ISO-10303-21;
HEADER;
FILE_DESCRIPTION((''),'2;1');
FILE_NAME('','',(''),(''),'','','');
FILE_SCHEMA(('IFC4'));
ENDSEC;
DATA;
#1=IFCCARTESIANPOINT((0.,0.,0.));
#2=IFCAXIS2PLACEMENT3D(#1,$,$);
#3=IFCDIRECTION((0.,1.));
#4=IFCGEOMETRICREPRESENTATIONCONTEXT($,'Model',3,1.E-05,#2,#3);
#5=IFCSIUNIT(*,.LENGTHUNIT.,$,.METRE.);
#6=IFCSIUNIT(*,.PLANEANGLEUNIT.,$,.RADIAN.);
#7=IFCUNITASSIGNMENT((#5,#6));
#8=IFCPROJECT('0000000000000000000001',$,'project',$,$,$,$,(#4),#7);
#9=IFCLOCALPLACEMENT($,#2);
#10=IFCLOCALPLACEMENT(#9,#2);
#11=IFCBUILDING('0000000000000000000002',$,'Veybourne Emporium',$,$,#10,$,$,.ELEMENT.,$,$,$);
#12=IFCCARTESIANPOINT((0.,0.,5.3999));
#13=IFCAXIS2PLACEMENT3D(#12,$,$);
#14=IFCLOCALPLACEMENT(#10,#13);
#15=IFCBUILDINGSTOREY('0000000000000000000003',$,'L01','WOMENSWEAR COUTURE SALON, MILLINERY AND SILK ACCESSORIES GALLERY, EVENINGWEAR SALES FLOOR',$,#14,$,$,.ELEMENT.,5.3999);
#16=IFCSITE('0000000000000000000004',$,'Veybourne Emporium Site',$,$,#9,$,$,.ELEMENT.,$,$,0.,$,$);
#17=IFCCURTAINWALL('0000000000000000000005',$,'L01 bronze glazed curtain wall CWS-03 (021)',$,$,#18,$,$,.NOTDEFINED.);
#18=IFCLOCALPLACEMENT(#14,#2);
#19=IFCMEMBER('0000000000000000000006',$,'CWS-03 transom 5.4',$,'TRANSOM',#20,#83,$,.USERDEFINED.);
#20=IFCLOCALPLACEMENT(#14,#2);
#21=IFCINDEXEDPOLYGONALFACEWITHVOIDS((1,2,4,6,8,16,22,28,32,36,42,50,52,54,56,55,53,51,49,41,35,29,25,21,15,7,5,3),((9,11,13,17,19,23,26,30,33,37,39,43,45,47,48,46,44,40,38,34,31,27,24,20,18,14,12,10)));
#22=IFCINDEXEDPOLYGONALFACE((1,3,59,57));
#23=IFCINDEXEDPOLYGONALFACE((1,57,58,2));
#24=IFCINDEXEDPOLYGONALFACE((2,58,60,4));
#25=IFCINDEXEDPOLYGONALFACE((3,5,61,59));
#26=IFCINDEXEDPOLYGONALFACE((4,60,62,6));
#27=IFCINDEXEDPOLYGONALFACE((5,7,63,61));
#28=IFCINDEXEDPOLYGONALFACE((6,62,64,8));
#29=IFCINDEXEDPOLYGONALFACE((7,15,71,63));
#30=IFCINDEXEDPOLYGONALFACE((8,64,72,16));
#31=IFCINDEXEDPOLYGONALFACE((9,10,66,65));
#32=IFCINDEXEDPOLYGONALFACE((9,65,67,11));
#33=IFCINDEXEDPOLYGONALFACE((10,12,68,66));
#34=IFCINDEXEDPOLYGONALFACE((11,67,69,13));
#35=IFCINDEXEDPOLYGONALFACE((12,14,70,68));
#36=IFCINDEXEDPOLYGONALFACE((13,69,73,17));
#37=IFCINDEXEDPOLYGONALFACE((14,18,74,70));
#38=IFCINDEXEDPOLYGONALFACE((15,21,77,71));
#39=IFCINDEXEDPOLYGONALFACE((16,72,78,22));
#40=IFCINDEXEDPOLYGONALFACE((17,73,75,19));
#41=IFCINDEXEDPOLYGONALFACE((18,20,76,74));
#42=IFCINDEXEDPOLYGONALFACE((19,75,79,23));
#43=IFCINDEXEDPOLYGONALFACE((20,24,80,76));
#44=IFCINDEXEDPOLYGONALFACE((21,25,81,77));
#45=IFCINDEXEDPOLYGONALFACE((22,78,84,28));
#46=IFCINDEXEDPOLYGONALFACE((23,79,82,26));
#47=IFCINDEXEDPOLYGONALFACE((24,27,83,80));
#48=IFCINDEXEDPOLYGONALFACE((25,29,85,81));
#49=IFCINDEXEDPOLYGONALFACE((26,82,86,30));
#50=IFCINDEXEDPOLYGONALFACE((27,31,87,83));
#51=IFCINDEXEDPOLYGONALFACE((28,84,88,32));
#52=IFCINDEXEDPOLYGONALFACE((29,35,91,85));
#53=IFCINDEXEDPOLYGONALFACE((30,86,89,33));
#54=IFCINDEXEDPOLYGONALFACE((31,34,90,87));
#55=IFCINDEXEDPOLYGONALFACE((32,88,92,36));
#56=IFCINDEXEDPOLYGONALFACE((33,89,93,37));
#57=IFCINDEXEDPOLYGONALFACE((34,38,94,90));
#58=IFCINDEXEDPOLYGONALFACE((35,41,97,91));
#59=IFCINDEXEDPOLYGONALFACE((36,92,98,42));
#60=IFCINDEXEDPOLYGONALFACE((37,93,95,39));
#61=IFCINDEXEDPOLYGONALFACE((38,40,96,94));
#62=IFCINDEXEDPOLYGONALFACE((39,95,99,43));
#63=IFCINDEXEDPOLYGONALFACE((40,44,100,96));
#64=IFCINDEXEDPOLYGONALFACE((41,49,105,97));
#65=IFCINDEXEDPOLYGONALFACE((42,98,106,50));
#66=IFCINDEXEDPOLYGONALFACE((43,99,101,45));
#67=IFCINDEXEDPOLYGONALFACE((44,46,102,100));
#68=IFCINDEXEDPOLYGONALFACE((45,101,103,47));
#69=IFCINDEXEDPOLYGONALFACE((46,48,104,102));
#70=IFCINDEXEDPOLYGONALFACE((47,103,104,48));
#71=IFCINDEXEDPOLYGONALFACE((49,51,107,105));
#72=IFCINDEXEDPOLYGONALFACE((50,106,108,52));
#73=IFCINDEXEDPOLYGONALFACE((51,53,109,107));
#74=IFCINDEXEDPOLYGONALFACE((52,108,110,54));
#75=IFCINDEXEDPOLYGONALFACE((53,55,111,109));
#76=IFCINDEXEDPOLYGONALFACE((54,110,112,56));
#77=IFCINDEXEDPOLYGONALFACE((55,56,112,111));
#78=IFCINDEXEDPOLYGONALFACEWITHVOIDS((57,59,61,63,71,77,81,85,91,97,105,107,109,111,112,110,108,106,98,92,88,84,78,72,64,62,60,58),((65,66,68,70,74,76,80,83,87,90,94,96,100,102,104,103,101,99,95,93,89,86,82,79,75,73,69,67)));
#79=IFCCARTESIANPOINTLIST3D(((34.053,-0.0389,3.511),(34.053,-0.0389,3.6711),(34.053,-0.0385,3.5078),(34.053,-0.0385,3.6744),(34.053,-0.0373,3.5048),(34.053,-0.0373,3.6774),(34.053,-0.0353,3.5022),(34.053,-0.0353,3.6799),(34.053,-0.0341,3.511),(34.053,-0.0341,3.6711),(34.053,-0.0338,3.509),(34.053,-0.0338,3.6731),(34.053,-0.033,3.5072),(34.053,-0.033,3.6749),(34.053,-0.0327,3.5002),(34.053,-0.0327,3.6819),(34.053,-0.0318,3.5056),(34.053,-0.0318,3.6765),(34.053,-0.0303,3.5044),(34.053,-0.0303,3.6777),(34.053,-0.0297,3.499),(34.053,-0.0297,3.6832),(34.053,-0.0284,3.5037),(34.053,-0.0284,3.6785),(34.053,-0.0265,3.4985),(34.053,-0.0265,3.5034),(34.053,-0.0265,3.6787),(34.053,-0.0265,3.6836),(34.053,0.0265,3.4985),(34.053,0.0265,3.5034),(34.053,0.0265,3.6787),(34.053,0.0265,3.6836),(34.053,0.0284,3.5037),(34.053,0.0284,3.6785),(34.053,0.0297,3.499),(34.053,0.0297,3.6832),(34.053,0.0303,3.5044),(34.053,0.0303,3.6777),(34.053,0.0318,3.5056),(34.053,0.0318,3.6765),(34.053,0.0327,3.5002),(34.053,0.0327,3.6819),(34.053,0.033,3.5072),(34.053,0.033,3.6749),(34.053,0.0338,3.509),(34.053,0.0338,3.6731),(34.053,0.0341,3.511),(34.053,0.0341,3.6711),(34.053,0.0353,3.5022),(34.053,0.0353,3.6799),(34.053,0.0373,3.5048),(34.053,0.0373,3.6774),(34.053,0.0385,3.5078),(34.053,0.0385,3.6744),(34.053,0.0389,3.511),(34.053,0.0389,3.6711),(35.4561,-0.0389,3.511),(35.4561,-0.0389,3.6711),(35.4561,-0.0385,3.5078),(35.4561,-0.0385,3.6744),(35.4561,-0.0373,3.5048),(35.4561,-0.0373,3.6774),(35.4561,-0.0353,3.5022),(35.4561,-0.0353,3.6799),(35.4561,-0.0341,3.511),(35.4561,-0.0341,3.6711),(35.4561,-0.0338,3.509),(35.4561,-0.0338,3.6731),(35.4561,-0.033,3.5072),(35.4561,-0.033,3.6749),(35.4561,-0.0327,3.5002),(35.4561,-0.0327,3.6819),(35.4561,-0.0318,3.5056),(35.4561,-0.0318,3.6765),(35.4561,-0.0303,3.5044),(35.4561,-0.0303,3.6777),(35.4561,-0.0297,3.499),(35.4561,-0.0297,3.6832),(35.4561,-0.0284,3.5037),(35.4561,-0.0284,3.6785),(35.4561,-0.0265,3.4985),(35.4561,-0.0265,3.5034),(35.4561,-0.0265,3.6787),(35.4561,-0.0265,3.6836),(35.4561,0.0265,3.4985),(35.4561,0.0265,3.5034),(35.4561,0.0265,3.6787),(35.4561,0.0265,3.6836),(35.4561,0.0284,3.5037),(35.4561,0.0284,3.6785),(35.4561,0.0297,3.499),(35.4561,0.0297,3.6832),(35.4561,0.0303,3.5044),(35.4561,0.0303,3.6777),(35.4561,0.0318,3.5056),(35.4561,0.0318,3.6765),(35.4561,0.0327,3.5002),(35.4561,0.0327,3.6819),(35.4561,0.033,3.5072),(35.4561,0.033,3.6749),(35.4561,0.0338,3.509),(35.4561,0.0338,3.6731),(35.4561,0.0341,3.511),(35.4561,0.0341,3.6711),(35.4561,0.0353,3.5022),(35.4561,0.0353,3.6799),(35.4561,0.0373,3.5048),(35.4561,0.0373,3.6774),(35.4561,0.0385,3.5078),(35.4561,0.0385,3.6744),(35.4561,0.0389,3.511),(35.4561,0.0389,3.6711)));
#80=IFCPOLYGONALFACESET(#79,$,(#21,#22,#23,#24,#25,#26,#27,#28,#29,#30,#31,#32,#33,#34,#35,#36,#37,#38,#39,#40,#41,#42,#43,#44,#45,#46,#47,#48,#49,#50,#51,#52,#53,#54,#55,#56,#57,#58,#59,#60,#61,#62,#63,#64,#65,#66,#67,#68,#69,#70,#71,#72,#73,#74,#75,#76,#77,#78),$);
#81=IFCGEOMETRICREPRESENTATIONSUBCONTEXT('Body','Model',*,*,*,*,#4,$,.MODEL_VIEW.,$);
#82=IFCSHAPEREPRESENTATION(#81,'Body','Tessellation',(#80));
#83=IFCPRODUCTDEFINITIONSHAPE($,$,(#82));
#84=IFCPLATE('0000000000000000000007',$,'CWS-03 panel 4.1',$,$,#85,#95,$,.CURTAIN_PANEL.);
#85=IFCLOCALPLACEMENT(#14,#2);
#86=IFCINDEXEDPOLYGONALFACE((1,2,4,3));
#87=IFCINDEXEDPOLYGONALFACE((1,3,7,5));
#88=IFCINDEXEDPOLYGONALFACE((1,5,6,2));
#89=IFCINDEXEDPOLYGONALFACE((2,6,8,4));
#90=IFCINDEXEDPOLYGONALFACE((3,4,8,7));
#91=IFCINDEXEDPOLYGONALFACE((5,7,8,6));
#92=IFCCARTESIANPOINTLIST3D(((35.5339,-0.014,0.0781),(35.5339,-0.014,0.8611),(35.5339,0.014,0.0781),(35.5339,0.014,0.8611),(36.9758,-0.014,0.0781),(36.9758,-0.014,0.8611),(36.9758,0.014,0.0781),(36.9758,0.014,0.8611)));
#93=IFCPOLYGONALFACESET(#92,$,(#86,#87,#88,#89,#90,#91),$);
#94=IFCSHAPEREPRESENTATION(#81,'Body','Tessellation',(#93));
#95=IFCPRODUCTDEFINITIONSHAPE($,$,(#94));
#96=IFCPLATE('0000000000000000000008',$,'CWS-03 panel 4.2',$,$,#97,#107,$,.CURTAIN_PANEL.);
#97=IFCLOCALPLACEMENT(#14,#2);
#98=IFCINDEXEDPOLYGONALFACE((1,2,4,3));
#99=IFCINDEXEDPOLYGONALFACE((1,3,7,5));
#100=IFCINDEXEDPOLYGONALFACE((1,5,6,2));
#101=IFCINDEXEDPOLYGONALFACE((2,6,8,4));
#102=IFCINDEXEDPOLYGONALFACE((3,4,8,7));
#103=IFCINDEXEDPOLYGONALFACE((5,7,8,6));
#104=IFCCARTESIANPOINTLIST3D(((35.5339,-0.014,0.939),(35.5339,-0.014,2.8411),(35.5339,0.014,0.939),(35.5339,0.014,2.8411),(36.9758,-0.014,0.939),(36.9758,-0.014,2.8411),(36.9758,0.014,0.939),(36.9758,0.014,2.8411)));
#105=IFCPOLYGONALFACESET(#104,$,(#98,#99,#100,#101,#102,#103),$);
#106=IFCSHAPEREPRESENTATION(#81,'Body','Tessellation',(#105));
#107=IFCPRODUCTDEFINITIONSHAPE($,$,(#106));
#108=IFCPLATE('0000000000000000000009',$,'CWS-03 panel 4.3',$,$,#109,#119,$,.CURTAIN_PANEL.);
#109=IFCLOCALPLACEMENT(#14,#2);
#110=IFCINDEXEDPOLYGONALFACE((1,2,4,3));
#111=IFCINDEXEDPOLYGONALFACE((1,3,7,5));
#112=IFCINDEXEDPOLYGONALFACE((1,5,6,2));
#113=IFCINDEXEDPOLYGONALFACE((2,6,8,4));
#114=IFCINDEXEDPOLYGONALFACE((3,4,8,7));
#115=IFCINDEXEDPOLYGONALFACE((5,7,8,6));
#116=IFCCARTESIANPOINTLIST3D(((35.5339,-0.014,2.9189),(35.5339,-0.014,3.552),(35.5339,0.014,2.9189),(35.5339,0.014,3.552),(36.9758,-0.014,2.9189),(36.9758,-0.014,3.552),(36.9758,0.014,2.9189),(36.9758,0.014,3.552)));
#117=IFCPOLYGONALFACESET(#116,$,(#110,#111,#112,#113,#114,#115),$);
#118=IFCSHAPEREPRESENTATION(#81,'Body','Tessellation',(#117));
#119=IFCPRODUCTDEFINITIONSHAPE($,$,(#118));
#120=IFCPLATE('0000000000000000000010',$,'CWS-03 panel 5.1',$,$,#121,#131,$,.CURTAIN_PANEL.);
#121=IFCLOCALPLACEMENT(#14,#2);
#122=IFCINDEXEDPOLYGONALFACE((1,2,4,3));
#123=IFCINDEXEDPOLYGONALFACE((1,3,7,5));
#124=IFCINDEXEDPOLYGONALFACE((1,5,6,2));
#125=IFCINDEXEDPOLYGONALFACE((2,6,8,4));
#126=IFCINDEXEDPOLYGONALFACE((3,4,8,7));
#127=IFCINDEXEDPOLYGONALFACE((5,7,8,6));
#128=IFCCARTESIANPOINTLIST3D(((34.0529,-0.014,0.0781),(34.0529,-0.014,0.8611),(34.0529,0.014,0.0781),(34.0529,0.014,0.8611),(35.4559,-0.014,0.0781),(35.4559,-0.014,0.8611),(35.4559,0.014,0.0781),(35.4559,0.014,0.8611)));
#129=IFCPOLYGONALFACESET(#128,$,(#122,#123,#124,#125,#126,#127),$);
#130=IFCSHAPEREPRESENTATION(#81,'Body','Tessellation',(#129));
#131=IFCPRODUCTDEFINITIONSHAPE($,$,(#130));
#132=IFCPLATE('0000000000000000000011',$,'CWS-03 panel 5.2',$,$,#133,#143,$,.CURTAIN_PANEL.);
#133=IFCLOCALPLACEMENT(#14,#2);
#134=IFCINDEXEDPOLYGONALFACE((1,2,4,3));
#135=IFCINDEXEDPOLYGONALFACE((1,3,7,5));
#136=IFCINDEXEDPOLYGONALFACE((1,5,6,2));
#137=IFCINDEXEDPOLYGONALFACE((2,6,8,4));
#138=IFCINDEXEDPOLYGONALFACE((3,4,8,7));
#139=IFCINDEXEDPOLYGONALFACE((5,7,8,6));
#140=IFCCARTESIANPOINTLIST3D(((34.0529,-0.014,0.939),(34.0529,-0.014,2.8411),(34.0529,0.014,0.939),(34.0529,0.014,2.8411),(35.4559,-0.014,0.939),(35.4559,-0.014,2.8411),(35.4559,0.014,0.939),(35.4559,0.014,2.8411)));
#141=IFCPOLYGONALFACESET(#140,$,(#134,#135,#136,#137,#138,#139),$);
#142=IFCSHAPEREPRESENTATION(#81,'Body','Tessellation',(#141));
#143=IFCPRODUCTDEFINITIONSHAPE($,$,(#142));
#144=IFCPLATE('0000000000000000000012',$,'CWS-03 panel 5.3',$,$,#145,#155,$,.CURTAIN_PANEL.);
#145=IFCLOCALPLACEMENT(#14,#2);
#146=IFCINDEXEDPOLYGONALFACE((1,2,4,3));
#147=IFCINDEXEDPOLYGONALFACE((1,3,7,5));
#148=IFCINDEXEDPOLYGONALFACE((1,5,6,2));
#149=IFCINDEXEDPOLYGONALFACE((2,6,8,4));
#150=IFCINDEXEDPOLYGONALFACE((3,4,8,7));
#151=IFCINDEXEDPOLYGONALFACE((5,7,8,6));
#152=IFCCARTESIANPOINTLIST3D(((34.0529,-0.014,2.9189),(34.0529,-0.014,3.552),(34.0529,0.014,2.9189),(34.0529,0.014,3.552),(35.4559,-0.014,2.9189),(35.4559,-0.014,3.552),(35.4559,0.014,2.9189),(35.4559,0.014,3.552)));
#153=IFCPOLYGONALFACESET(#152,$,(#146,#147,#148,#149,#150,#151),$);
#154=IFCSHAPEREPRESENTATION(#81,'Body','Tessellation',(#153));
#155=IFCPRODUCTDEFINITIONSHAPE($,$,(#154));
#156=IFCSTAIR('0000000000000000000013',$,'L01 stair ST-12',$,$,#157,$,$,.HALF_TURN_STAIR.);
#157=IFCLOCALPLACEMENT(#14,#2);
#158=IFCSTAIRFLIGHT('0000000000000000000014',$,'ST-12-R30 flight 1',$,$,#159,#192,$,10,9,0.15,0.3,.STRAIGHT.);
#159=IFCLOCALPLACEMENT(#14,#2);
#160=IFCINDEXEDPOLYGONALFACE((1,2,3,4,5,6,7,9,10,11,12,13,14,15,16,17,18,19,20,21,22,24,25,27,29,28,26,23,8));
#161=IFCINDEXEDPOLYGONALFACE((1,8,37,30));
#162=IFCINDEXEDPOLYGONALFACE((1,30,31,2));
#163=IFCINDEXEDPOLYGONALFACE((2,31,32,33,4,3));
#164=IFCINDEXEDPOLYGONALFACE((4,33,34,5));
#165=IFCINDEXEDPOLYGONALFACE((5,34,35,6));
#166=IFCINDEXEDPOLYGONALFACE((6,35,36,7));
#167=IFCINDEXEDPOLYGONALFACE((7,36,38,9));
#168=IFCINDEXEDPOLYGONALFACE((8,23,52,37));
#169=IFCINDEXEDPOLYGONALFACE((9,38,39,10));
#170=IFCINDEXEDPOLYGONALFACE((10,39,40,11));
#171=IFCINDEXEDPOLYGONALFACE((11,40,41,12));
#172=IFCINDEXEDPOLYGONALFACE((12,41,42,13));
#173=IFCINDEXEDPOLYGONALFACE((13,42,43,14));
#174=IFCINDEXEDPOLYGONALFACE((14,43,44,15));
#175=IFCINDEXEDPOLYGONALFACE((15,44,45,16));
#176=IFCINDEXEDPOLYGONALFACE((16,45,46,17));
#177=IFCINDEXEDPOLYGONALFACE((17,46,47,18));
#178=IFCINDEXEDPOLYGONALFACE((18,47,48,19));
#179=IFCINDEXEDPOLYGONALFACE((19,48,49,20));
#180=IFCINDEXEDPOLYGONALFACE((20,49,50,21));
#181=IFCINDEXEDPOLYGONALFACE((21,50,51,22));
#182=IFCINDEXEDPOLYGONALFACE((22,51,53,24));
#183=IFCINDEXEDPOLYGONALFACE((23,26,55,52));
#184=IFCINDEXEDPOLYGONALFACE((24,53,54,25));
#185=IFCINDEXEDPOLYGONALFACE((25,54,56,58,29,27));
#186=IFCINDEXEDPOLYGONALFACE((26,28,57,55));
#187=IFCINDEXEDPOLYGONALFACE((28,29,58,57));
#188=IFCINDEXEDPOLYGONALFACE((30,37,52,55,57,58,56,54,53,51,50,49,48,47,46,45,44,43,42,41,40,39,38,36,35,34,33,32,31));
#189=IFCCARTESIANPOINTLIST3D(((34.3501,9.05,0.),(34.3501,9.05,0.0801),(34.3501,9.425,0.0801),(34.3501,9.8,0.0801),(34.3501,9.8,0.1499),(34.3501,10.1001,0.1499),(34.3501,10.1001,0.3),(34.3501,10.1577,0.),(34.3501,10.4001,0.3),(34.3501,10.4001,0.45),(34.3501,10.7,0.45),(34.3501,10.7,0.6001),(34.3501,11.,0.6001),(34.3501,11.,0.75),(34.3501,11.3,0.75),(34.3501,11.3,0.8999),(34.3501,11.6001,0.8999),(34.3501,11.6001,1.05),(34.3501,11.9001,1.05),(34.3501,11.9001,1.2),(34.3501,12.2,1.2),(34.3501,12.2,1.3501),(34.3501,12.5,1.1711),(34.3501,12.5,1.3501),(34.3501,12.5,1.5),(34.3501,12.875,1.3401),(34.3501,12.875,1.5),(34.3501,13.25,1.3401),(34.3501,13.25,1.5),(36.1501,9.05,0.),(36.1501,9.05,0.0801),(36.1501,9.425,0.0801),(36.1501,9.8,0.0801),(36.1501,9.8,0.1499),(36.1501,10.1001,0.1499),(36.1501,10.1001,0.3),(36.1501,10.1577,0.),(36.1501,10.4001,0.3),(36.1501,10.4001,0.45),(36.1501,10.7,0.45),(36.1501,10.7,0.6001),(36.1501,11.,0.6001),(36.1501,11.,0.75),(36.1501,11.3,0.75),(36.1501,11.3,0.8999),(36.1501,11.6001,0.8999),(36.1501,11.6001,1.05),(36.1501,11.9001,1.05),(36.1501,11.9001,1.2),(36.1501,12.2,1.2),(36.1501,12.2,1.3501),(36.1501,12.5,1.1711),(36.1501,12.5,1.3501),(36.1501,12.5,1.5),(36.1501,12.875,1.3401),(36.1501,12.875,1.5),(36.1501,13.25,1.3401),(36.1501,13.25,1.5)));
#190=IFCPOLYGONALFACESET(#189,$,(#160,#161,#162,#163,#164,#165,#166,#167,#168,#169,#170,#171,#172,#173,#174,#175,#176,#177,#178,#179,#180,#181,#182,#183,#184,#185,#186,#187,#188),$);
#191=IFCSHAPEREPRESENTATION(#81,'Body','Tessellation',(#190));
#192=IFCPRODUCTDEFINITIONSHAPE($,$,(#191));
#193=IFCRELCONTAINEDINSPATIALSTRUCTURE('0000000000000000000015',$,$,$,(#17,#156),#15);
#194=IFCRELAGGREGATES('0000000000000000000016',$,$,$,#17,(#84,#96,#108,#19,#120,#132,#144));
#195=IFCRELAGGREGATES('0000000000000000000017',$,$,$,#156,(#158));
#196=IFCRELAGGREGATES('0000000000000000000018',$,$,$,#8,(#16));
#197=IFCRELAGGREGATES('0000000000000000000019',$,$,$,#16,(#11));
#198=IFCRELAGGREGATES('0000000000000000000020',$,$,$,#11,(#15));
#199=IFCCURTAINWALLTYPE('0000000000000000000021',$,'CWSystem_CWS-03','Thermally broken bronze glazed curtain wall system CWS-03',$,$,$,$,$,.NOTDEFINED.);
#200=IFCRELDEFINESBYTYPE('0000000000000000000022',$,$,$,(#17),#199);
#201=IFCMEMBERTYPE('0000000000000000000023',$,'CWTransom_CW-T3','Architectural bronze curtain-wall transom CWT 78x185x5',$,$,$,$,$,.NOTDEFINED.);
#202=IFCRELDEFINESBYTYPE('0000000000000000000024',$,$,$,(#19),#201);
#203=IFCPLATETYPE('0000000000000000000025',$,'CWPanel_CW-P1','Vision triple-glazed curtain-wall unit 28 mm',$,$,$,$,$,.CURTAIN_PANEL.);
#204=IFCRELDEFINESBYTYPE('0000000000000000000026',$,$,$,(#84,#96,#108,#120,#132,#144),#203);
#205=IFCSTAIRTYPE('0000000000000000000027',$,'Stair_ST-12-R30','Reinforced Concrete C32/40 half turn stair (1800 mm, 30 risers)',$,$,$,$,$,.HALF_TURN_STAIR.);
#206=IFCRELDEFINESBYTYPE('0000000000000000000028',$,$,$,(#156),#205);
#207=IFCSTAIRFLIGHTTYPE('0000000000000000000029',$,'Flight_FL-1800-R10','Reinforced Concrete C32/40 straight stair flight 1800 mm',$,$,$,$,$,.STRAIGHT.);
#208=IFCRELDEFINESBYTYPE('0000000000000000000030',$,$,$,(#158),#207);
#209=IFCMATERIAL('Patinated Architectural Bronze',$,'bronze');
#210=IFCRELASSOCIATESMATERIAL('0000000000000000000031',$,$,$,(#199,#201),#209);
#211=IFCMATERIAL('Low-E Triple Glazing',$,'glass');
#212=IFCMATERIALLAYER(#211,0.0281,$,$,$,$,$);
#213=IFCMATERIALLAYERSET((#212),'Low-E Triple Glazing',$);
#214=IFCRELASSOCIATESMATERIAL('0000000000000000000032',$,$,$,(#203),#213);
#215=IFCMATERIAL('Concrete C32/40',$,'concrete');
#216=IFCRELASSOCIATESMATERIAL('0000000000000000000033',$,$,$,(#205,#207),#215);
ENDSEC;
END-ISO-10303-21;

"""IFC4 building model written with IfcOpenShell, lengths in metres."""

from ifc_helpers import new_model, si_unit, direction, frame, origin, origin_2d, place, context, subcontext, project, spatial, polyline, rectangle, hollow_rectangle, outline, extrude, material, layer, layer_set, material_profile, profile_set, type_object, element, aggregate, save


model = new_model("IFC4")

# Units and contexts
model_context = context("Model", 3, precision=1e-05, world=origin(), true_north=direction((0.0, 1.0)))
body_context = subcontext(model_context, "Body", "Model", "MODEL_VIEW")
ifc_project = project(units=[si_unit("LENGTHUNIT", "METRE"), si_unit("PLANEANGLEUNIT", "RADIAN")], contexts=[model_context])

# Site, building, storey
site_placement = place(None, origin())
site = spatial("IfcSite", under=ifc_project, at=site_placement, Name="Veybourne Emporium Site", CompositionType="ELEMENT", RefElevation=0.0)
building_placement = place(site_placement, origin())
building = spatial("IfcBuilding", under=site, at=building_placement, Name="Veybourne Emporium", CompositionType="ELEMENT")
storey_placement = place(building_placement, frame((0.0, 0.0, 5.3999)))
storey = spatial("IfcBuildingStorey", under=building, at=storey_placement, Name="L01", Description="WOMENSWEAR COUTURE SALON, MILLINERY AND SILK ACCESSORIES GALLERY, EVENINGWEAR SALES FLOOR", CompositionType="ELEMENT", Elevation=5.3999)

# Curtain wall, member, plates
ifc_material_1 = material(Name="Patinated Architectural Bronze", Category="bronze")
curtain_wall_type = type_object("IfcCurtainWallType", Name="CWSystem_CWS-03", Description="Thermally broken bronze glazed curtain wall system CWS-03", PredefinedType="NOTDEFINED", material=ifc_material_1)
curtain_wall_placement = place(storey_placement, origin())
curtain_wall = element("IfcCurtainWall", 1, at=curtain_wall_placement, inside=storey, type_object=curtain_wall_type, Name="L01 bronze glazed curtain wall CWS-03 (021)", PredefinedType="NOTDEFINED")
ifc_material_profile_1 = material_profile(ifc_material_1, hollow_rectangle(XDim=0.0779, YDim=0.1851, WallThickness=0.0049, InnerFilletRadius=0.0076, OuterFilletRadius=0.0125, at=origin_2d()), Name="CWT 78x185x5")
ifc_profile_set_1 = profile_set([ifc_material_profile_1], Name="Patinated Architectural Bronze")
member_type_1 = type_object("IfcMemberType", Name="CWTransom_CW-T3", Description="Architectural bronze curtain-wall transom CWT 78x185x5", PredefinedType="NOTDEFINED", material=ifc_profile_set_1)
member_1_placement = place(storey_placement, frame((35.4561, 0.0, 3.5911), z_axis=(-1.0, 0.0, 0.0), x_axis=(0.0, -1.0, 0.0)))
member_1 = element("IfcMember", 2, at=member_1_placement, type_object=member_type_1, Name="CWS-03 transom 5.4", ObjectType="TRANSOM", PredefinedType="USERDEFINED", context=body_context, shape_type="SweptSolid", body=[
    extrude(hollow_rectangle(XDim=0.0779, YDim=0.1851, WallThickness=0.0049, InnerFilletRadius=0.0076, OuterFilletRadius=0.0125, at=origin_2d()), origin(), (0.0, 0.0, 1.0), 1.4031),
])
ifc_material_2 = material(Name="Low-E Triple Glazing", Category="glass")
ifc_layer_1 = layer(ifc_material_2, 0.0281)
ifc_layer_set_1 = layer_set([ifc_layer_1], Name="Low-E Triple Glazing")
plate_type = type_object("IfcPlateType", Name="CWPanel_CW-P1", Description="Vision triple-glazed curtain-wall unit 28 mm", PredefinedType="CURTAIN_PANEL", material=ifc_layer_set_1)
plate_1_placement = place(storey_placement, frame((36.2549, 0.0, 0.0781), z_axis=(0.0, 0.0, 1.0), x_axis=(-1.0, 0.0, 0.0)))
plate_1 = element("IfcPlate", 3, at=plate_1_placement, type_object=plate_type, Name="CWS-03 panel 4.1", PredefinedType="CURTAIN_PANEL", context=body_context, shape_type="SweptSolid", body=[
    extrude(rectangle(XDim=1.4419, YDim=0.0281, at=origin_2d()), origin(), (0.0, 0.0, 1.0), 0.783),
])
plate_2_placement = place(storey_placement, frame((36.2549, 0.0, 0.939), z_axis=(0.0, 0.0, 1.0), x_axis=(-1.0, 0.0, 0.0)))
plate_2 = element("IfcPlate", 4, at=plate_2_placement, type_object=plate_type, Name="CWS-03 panel 4.2", PredefinedType="CURTAIN_PANEL", context=body_context, shape_type="SweptSolid", body=[
    extrude(rectangle(XDim=1.4419, YDim=0.0281, at=origin_2d()), origin(), (0.0, 0.0, 1.0), 1.9021),
])
plate_3_placement = place(storey_placement, frame((36.2549, 0.0, 2.9189), z_axis=(0.0, 0.0, 1.0), x_axis=(-1.0, 0.0, 0.0)))
plate_3 = element("IfcPlate", 5, at=plate_3_placement, type_object=plate_type, Name="CWS-03 panel 4.3", PredefinedType="CURTAIN_PANEL", context=body_context, shape_type="SweptSolid", body=[
    extrude(rectangle(XDim=1.4419, YDim=0.0281, at=origin_2d()), origin(), (0.0, 0.0, 1.0), 0.6331),
])
plate_4_placement = place(storey_placement, frame((34.7544, 0.0, 0.0781), z_axis=(0.0, 0.0, 1.0), x_axis=(-1.0, 0.0, 0.0)))
plate_4 = element("IfcPlate", 6, at=plate_4_placement, type_object=plate_type, Name="CWS-03 panel 5.1", PredefinedType="CURTAIN_PANEL", context=body_context, shape_type="SweptSolid", body=[
    extrude(rectangle(XDim=1.4031, YDim=0.0281, at=origin_2d()), origin(), (0.0, 0.0, 1.0), 0.783),
])
plate_5_placement = place(storey_placement, frame((34.7544, 0.0, 0.939), z_axis=(0.0, 0.0, 1.0), x_axis=(-1.0, 0.0, 0.0)))
plate_5 = element("IfcPlate", 7, at=plate_5_placement, type_object=plate_type, Name="CWS-03 panel 5.2", PredefinedType="CURTAIN_PANEL", context=body_context, shape_type="SweptSolid", body=[
    extrude(rectangle(XDim=1.4031, YDim=0.0281, at=origin_2d()), origin(), (0.0, 0.0, 1.0), 1.9021),
])
plate_6_placement = place(storey_placement, frame((34.7544, 0.0, 2.9189), z_axis=(0.0, 0.0, 1.0), x_axis=(-1.0, 0.0, 0.0)))
plate_6 = element("IfcPlate", 8, at=plate_6_placement, type_object=plate_type, Name="CWS-03 panel 5.3", PredefinedType="CURTAIN_PANEL", context=body_context, shape_type="SweptSolid", body=[
    extrude(rectangle(XDim=1.4031, YDim=0.0281, at=origin_2d()), origin(), (0.0, 0.0, 1.0), 0.6331),
])
aggregate(curtain_wall, [plate_1, plate_2, plate_3, member_1, plate_4, plate_5, plate_6])

# Stair, stair flight
ifc_material_3 = material(Name="Concrete C32/40", Category="concrete")
stair_type = type_object("IfcStairType", Name="Stair_ST-12-R30", Description="Reinforced Concrete C32/40 half turn stair (1800 mm, 30 risers)", PredefinedType="HALF_TURN_STAIR", material=ifc_material_3)
stair_placement = place(storey_placement, origin())
stair = element("IfcStair", 9, at=stair_placement, inside=storey, type_object=stair_type, Name="L01 stair ST-12", PredefinedType="HALF_TURN_STAIR")
stair_flight_type = type_object("IfcStairFlightType", Name="Flight_FL-1800-R10", Description="Reinforced Concrete C32/40 straight stair flight 1800 mm", PredefinedType="STRAIGHT", material=ifc_material_3)
stair_flight_placement = place(storey_placement, frame((35.25, 9.8, 0.0), z_axis=(0.0, 0.0, 1.0), x_axis=(0.0, 1.0, 0.0)))
stair_flight = element("IfcStairFlight", 10, at=stair_flight_placement, type_object=stair_flight_type, Name="ST-12-R30 flight 1", NumberOfRisers=10, NumberOfTreads=9, PredefinedType="STRAIGHT", RiserHeight=0.15, TreadLength=0.3, context=body_context, shape_type="SweptSolid", body=[
    extrude(outline(polyline([(-0.75, 0.0), (-0.75, 0.0801), (-0.375, 0.0801), (0.0, 0.0801), (0.0, 0.1499), (0.3, 0.1499), (0.3, 0.3), (0.6001, 0.3), (0.6001, 0.45), (0.8999, 0.45), (0.8999, 0.6001), (1.2, 0.6001), (1.2, 0.75), (1.5, 0.75), (1.5, 0.8999), (1.8, 0.8999), (1.8, 1.05), (2.1001, 1.05), (2.1001, 1.2), (2.3999, 1.2), (2.3999, 1.3501), (2.7, 1.3501), (2.7, 1.5), (3.075, 1.5), (3.45, 1.5), (3.45, 1.3401), (3.075, 1.3401), (2.7, 1.1711), (0.3577, 0.0), (-0.75, 0.0)])), frame((0.0, 0.8999, 0.0), z_axis=(0.0, -1.0, 0.0), x_axis=(1.0, 0.0, 0.0)), (0.0, 0.0, 1.0), 1.8),
])
aggregate(stair, [stair_flight])

save(model, "model.ifc")
